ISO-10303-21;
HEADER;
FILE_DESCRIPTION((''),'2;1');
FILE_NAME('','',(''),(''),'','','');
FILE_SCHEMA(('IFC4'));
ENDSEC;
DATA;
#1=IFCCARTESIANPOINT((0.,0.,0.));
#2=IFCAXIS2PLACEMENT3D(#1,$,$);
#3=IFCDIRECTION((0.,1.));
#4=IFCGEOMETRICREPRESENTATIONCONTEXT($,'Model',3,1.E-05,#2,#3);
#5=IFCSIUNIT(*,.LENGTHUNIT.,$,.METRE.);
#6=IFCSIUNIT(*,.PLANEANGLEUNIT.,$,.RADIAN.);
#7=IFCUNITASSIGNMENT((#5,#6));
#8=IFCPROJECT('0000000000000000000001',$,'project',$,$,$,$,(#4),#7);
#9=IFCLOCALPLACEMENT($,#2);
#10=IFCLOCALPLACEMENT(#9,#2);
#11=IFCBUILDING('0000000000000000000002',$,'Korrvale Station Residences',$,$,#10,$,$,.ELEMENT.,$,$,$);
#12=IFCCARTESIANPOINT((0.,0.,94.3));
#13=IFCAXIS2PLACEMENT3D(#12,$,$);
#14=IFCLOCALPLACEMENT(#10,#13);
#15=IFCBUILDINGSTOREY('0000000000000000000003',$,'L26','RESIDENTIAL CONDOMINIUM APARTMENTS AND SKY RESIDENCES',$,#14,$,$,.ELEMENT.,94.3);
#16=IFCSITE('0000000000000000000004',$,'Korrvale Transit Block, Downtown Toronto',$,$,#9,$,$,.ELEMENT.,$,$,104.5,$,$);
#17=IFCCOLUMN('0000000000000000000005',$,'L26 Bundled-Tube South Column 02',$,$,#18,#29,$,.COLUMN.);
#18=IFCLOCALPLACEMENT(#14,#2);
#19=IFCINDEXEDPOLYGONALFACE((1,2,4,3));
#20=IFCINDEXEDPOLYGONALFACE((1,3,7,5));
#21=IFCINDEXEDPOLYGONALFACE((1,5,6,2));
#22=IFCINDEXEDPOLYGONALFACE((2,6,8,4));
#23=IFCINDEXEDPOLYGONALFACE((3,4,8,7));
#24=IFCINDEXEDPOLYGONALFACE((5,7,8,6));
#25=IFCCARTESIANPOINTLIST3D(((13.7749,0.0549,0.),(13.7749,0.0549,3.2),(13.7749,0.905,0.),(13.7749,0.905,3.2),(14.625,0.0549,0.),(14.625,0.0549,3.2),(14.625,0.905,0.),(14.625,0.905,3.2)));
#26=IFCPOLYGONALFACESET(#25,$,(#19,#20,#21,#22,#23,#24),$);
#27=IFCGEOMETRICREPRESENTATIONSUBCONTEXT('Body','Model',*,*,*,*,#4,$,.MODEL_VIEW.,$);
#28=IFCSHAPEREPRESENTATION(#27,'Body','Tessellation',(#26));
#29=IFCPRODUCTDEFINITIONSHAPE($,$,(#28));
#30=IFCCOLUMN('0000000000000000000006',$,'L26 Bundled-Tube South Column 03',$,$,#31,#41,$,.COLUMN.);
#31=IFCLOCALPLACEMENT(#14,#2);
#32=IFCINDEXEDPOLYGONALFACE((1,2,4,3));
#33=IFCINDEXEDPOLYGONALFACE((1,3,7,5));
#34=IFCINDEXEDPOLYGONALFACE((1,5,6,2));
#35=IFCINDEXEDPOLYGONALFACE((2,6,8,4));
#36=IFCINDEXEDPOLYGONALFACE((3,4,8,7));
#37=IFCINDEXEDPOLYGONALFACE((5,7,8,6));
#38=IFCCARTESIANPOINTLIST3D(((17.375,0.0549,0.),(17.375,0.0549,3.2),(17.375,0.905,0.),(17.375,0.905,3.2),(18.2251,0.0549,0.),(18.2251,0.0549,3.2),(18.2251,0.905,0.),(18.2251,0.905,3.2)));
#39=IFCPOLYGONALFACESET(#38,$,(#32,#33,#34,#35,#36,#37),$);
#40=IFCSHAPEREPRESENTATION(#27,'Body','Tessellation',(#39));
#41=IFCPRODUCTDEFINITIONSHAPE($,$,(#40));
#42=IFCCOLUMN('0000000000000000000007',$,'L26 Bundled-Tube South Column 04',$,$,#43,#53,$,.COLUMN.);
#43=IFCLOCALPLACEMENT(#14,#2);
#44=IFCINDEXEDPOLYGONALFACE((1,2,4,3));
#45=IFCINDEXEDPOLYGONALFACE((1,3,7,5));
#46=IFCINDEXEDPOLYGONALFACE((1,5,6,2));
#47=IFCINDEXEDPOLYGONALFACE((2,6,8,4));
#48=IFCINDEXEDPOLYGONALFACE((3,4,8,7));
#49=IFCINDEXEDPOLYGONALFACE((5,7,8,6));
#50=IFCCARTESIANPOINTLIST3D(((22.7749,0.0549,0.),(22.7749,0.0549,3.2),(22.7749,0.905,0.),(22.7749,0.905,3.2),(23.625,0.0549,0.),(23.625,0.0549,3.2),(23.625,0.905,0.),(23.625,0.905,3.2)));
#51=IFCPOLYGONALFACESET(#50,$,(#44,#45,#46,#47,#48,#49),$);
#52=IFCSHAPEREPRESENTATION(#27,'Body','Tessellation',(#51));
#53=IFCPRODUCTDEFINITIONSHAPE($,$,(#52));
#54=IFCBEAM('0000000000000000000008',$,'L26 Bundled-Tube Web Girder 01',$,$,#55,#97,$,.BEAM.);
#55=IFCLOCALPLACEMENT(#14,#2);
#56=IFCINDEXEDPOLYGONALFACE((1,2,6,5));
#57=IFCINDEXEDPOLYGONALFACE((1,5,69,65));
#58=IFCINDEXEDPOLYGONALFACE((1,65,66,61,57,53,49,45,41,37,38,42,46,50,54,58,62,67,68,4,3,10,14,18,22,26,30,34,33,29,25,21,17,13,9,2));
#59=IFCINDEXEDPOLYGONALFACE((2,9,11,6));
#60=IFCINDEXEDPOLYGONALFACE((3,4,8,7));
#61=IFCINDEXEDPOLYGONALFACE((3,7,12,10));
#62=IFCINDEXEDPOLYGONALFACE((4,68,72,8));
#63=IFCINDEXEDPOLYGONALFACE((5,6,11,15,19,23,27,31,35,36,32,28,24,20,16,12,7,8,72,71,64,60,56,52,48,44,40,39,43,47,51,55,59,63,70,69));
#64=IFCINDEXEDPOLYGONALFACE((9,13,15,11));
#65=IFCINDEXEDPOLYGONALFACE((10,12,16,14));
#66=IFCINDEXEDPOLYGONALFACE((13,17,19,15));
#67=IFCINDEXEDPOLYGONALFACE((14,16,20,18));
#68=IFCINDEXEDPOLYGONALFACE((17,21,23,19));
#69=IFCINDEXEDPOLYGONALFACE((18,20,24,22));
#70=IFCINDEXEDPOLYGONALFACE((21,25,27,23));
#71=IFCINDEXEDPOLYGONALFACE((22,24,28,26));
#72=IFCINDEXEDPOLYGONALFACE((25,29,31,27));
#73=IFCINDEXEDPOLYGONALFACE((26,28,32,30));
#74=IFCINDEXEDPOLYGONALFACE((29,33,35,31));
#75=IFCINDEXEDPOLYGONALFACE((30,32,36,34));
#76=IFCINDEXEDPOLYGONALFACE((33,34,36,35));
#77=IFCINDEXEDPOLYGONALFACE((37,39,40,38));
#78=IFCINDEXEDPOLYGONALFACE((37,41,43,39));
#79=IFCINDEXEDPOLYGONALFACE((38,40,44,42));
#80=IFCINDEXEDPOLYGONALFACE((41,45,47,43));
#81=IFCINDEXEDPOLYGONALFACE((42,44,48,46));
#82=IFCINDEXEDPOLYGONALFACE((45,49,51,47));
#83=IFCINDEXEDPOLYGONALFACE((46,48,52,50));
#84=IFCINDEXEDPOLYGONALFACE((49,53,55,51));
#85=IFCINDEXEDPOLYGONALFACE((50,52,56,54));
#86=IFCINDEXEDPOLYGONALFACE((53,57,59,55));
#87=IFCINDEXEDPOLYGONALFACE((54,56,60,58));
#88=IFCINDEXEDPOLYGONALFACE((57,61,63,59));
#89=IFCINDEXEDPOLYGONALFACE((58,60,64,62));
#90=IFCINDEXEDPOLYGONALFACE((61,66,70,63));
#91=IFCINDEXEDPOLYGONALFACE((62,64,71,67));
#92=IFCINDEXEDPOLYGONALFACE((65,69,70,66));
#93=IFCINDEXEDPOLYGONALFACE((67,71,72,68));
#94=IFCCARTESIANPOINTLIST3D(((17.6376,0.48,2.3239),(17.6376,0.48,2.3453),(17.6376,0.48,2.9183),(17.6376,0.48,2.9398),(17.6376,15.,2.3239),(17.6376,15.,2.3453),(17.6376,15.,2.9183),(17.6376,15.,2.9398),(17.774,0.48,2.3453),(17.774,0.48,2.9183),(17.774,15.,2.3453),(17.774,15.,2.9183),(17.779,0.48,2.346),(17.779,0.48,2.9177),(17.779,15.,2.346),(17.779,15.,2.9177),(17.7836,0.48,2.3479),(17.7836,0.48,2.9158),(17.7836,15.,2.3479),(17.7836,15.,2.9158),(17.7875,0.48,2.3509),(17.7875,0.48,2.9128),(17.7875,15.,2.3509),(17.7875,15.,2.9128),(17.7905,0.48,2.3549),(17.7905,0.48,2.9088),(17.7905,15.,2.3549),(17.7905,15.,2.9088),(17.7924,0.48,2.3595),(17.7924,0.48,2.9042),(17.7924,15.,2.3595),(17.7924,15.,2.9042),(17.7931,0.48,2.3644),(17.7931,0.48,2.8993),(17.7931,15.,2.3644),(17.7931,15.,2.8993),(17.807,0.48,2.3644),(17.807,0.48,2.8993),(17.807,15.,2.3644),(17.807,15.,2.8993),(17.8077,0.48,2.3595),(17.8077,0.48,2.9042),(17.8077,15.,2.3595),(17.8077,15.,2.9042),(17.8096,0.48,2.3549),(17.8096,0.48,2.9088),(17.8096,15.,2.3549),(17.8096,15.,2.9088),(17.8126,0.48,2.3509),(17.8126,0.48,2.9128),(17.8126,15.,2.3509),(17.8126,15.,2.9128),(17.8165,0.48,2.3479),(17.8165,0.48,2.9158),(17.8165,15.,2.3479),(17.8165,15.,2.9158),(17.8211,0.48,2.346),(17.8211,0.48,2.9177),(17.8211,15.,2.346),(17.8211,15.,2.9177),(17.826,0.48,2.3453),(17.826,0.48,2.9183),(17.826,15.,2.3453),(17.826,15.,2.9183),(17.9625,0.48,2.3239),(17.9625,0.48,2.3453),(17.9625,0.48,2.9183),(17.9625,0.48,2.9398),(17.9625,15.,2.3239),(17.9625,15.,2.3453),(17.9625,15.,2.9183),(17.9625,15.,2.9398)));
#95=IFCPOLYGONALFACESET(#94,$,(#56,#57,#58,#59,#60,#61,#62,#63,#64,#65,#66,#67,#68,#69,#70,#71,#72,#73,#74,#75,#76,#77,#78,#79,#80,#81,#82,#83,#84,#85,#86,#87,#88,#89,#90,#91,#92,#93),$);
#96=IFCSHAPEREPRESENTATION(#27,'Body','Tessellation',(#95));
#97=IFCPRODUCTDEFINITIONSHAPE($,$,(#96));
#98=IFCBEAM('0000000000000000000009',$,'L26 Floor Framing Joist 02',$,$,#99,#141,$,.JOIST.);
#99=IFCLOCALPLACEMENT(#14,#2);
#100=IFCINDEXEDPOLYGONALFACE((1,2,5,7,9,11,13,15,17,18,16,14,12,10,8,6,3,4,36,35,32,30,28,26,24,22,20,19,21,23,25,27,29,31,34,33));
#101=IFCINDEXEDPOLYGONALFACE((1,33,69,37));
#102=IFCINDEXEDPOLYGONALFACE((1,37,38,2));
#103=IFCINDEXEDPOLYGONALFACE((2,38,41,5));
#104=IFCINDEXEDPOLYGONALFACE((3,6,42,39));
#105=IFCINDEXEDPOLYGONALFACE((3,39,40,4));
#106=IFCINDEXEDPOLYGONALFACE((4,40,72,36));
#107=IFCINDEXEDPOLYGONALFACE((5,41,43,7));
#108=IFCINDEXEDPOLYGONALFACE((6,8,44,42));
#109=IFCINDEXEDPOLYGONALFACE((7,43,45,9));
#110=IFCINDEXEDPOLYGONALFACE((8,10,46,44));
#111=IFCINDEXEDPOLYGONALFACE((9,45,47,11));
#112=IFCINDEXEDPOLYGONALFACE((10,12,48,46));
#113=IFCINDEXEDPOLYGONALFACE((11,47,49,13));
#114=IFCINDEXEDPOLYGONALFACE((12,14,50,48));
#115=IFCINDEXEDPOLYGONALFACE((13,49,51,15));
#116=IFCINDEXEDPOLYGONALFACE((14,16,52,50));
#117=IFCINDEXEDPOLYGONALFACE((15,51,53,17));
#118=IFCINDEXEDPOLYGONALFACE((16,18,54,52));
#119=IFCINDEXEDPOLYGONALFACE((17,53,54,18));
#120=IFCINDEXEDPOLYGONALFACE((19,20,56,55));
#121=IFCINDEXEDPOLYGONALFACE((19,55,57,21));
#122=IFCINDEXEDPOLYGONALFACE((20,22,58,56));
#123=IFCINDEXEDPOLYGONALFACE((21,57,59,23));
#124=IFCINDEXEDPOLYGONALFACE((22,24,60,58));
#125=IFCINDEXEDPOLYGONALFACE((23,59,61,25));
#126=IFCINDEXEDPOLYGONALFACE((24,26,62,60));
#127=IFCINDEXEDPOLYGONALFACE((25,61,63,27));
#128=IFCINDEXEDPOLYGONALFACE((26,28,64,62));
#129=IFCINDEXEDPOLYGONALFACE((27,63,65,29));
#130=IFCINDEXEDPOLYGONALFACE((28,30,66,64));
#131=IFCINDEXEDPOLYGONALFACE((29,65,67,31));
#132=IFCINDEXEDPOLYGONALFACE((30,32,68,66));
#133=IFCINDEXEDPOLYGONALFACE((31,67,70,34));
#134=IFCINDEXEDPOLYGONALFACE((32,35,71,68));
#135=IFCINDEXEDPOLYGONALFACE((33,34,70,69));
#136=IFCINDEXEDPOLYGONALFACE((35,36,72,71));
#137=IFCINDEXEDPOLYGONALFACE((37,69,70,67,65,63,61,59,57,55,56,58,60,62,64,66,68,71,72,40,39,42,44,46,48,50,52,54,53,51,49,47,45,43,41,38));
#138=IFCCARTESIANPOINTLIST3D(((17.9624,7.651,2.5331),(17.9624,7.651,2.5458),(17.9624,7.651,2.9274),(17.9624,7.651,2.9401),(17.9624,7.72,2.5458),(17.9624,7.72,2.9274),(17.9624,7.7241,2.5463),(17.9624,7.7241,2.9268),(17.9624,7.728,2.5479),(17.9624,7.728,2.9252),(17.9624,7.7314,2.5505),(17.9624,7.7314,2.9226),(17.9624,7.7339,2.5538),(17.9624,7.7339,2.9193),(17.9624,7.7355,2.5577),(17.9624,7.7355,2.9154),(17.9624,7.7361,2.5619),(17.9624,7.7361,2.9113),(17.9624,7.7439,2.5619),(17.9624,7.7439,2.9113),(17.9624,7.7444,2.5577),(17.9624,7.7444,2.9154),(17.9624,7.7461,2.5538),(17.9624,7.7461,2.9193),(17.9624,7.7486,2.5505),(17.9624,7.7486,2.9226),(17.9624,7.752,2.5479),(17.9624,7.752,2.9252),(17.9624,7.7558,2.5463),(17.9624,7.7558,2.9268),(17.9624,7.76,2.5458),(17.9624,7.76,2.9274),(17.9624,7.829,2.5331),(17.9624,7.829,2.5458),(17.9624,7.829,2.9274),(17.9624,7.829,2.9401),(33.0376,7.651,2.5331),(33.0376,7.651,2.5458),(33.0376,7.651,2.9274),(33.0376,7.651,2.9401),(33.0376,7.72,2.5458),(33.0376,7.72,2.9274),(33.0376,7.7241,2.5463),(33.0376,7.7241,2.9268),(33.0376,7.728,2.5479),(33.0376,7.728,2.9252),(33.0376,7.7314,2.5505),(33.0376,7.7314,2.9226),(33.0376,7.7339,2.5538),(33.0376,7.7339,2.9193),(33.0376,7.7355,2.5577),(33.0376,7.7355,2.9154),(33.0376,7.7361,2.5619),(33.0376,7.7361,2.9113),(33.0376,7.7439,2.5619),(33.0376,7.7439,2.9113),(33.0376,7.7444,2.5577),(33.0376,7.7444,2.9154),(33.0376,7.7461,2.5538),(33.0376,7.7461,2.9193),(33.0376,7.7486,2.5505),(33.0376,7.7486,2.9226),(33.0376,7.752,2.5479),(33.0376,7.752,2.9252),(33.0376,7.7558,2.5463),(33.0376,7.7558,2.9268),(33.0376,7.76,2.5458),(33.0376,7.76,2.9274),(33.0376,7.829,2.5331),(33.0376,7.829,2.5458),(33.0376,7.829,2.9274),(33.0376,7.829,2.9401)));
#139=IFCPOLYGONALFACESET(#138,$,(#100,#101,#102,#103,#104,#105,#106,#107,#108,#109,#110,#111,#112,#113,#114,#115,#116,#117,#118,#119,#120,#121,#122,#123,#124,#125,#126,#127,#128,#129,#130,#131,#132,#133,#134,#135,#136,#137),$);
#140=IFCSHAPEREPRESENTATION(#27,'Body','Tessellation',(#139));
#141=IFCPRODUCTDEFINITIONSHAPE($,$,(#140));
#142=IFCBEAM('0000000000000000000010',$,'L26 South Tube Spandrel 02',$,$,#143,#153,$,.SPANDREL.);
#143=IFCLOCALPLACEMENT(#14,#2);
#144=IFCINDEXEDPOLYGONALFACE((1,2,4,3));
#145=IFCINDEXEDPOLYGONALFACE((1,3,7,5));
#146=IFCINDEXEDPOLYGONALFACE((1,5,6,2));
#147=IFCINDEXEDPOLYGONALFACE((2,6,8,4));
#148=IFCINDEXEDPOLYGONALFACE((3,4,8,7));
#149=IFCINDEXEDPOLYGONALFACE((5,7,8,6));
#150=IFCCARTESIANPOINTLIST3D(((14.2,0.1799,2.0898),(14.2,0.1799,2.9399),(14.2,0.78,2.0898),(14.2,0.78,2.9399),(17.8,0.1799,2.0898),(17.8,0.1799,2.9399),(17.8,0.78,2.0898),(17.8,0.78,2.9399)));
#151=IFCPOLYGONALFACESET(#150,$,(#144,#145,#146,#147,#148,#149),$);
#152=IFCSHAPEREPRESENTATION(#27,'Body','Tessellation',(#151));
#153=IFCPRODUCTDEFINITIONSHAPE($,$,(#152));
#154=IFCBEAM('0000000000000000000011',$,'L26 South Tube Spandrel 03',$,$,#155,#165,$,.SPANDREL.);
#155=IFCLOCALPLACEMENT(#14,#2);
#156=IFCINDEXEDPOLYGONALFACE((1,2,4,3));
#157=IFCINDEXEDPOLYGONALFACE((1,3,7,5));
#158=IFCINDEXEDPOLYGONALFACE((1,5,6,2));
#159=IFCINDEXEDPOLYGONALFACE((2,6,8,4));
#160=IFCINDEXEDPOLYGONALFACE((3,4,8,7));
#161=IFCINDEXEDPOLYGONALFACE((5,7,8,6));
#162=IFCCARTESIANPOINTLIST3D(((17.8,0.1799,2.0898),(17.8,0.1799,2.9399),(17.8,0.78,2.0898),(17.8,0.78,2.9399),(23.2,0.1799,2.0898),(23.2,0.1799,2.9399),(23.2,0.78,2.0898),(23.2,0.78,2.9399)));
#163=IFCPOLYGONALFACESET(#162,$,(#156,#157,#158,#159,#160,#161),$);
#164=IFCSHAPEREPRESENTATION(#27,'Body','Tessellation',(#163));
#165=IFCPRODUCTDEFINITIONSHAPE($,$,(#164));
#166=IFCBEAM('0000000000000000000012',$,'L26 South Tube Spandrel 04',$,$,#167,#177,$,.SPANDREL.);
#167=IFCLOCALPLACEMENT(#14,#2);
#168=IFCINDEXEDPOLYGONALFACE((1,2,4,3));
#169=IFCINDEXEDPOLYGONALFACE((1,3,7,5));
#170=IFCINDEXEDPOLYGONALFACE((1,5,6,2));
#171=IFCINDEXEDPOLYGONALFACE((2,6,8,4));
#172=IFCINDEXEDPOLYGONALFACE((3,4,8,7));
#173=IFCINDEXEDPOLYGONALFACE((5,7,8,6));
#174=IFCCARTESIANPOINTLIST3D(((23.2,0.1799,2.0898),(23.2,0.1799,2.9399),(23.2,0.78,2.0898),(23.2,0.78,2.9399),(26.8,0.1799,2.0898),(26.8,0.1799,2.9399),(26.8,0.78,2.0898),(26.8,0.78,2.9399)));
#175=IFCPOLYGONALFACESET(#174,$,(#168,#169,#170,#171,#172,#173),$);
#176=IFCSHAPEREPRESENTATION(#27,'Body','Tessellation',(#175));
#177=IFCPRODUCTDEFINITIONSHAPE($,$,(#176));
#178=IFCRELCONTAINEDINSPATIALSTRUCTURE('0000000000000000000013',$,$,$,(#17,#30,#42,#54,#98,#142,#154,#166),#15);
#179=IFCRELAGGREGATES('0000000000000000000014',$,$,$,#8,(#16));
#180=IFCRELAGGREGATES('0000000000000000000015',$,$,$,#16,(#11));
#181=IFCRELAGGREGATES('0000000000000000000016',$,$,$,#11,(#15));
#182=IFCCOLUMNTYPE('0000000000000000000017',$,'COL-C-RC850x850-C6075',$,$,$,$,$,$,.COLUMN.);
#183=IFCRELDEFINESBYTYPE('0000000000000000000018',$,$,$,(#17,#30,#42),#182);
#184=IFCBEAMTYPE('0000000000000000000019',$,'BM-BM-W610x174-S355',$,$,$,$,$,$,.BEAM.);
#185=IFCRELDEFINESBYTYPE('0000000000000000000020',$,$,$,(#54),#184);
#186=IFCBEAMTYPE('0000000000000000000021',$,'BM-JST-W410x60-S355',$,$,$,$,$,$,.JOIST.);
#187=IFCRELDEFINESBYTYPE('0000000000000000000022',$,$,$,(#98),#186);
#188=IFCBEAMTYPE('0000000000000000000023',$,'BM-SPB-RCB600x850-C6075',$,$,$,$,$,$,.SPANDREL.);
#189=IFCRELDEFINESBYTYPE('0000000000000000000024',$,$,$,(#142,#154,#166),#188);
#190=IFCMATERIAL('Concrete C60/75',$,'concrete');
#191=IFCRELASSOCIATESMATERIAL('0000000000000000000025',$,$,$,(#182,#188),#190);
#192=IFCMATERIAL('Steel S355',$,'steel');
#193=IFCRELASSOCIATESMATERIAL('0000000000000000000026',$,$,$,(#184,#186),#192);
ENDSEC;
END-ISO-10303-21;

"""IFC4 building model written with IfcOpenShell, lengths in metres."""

from ifc_helpers import new_model, si_unit, direction, frame, origin, origin_2d, place, context, subcontext, project, spatial, rectangle, i_section, extrude, material, material_profile, profile_set, type_object, element, save


model = new_model("IFC4")

# Units and contexts
model_context = context("Model", 3, precision=1e-05, world=origin(), true_north=direction((0.0, 1.0)))
body_context = subcontext(model_context, "Body", "Model", "MODEL_VIEW")
ifc_project = project(units=[si_unit("LENGTHUNIT", "METRE"), si_unit("PLANEANGLEUNIT", "RADIAN")], contexts=[model_context])

# Site, building, storey
site_placement = place(None, origin())
site = spatial("IfcSite", under=ifc_project, at=site_placement, Name="Korrvale Transit Block, Downtown Toronto", CompositionType="ELEMENT", RefElevation=104.5)
building_placement = place(site_placement, origin())
building = spatial("IfcBuilding", under=site, at=building_placement, Name="Korrvale Station Residences", CompositionType="ELEMENT")
storey_placement = place(building_placement, frame((0.0, 0.0, 94.3)))
storey = spatial("IfcBuildingStorey", under=building, at=storey_placement, Name="L26", Description="RESIDENTIAL CONDOMINIUM APARTMENTS AND SKY RESIDENCES", CompositionType="ELEMENT", Elevation=94.3)

# Columns
ifc_material_1 = material(Name="Concrete C60/75", Category="concrete")
ifc_material_profile_1 = material_profile(ifc_material_1, rectangle(XDim=0.8501, YDim=0.8501, at=origin_2d()), Name="RC850x850")
ifc_profile_set_1 = profile_set([ifc_material_profile_1], Name="Concrete C60/75")
column_type = type_object("IfcColumnType", Name="COL-C-RC850x850-C6075", PredefinedType="COLUMN", material=ifc_profile_set_1)
for number, where, z_axis, x_axis, name in (
    (1, (14.2, 0.48, 0.0), (0.0, 0.0, 1.0), (1.0, 0.0, 0.0), "L26 Bundled-Tube South Column 02"),
    (2, (17.8, 0.48, 0.0), (0.0, 0.0, 1.0), (1.0, 0.0, 0.0), "L26 Bundled-Tube South Column 03"),
    (3, (23.2, 0.48, 0.0), (0.0, 0.0, 1.0), (1.0, 0.0, 0.0), "L26 Bundled-Tube South Column 04"),
):
    element("IfcColumn", number, at=place(storey_placement, frame(where, z_axis=z_axis, x_axis=x_axis)), inside=storey, type_object=column_type, Name=name, PredefinedType="COLUMN", context=body_context, shape_type="SweptSolid", body=[
        extrude(rectangle(XDim=0.8501, YDim=0.8501, at=origin_2d()), origin(), (0.0, 0.0, 1.0), 3.2),
    ])

# Beams
ifc_material_2 = material(Name="Steel S355", Category="steel")
ifc_material_profile_2 = material_profile(ifc_material_2, i_section(OverallWidth=0.325, OverallDepth=0.616, WebThickness=0.0139, FlangeThickness=0.0215, FilletRadius=0.019, at=origin_2d()), Name="W610x174")
ifc_profile_set_2 = profile_set([ifc_material_profile_2], Name="Steel S355")
beam_type_1 = type_object("IfcBeamType", Name="BM-BM-W610x174-S355", PredefinedType="BEAM", material=ifc_profile_set_2)
beam_1_placement = place(storey_placement, frame((17.8, 0.48, 2.6318), z_axis=(0.0, 1.0, 0.0), x_axis=(-1.0, 0.0, 0.0)))
element("IfcBeam", 4, at=beam_1_placement, inside=storey, type_object=beam_type_1, Name="L26 Bundled-Tube Web Girder 01", PredefinedType="BEAM", context=body_context, shape_type="SweptSolid", body=[
    extrude(i_section(OverallWidth=0.325, OverallDepth=0.616, WebThickness=0.0139, FlangeThickness=0.0215, FilletRadius=0.019, at=origin_2d()), origin(), (0.0, 0.0, 1.0), 14.52),
])
ifc_material_profile_3 = material_profile(ifc_material_2, i_section(OverallWidth=0.178, OverallDepth=0.407, WebThickness=0.0078, FlangeThickness=0.0127, FilletRadius=0.0161, at=origin_2d()), Name="W410x60")
ifc_profile_set_3 = profile_set([ifc_material_profile_3], Name="Steel S355")
beam_type_2 = type_object("IfcBeamType", Name="BM-JST-W410x60-S355", PredefinedType="JOIST", material=ifc_profile_set_3)
beam_2_placement = place(storey_placement, frame((17.9624, 7.74, 2.7366), z_axis=(1.0, 0.0, 0.0), x_axis=(0.0, 1.0, 0.0)))
element("IfcBeam", 5, at=beam_2_placement, inside=storey, type_object=beam_type_2, Name="L26 Floor Framing Joist 02", PredefinedType="JOIST", context=body_context, shape_type="SweptSolid", body=[
    extrude(i_section(OverallWidth=0.178, OverallDepth=0.407, WebThickness=0.0078, FlangeThickness=0.0127, FilletRadius=0.0161, at=origin_2d()), origin(), (0.0, 0.0, 1.0), 15.0752),
])
ifc_material_profile_4 = material_profile(ifc_material_1, rectangle(XDim=0.6001, YDim=0.8501, at=origin_2d()), Name="RCB600x850")
ifc_profile_set_4 = profile_set([ifc_material_profile_4], Name="Concrete C60/75")
beam_type_3 = type_object("IfcBeamType", Name="BM-SPB-RCB600x850-C6075", PredefinedType="SPANDREL", material=ifc_profile_set_4)
beam_3_placement = place(storey_placement, frame((14.2, 0.48, 2.5149), z_axis=(1.0, 0.0, 0.0), x_axis=(0.0, 1.0, 0.0)))
element("IfcBeam", 6, at=beam_3_placement, inside=storey, type_object=beam_type_3, Name="L26 South Tube Spandrel 02", PredefinedType="SPANDREL", context=body_context, shape_type="SweptSolid", body=[
    extrude(rectangle(XDim=0.6001, YDim=0.8501, at=origin_2d()), origin(), (0.0, 0.0, 1.0), 3.6001),
])
beam_4_placement = place(storey_placement, frame((17.8, 0.48, 2.5149), z_axis=(1.0, 0.0, 0.0), x_axis=(0.0, 1.0, 0.0)))
element("IfcBeam", 7, at=beam_4_placement, inside=storey, type_object=beam_type_3, Name="L26 South Tube Spandrel 03", PredefinedType="SPANDREL", context=body_context, shape_type="SweptSolid", body=[
    extrude(rectangle(XDim=0.6001, YDim=0.8501, at=origin_2d()), origin(), (0.0, 0.0, 1.0), 5.3999),
])
beam_5_placement = place(storey_placement, frame((23.2, 0.48, 2.5149), z_axis=(1.0, 0.0, 0.0), x_axis=(0.0, 1.0, 0.0)))
element("IfcBeam", 8, at=beam_5_placement, inside=storey, type_object=beam_type_3, Name="L26 South Tube Spandrel 04", PredefinedType="SPANDREL", context=body_context, shape_type="SweptSolid", body=[
    extrude(rectangle(XDim=0.6001, YDim=0.8501, at=origin_2d()), origin(), (0.0, 0.0, 1.0), 3.6001),
])

save(model, "model.ifc")
